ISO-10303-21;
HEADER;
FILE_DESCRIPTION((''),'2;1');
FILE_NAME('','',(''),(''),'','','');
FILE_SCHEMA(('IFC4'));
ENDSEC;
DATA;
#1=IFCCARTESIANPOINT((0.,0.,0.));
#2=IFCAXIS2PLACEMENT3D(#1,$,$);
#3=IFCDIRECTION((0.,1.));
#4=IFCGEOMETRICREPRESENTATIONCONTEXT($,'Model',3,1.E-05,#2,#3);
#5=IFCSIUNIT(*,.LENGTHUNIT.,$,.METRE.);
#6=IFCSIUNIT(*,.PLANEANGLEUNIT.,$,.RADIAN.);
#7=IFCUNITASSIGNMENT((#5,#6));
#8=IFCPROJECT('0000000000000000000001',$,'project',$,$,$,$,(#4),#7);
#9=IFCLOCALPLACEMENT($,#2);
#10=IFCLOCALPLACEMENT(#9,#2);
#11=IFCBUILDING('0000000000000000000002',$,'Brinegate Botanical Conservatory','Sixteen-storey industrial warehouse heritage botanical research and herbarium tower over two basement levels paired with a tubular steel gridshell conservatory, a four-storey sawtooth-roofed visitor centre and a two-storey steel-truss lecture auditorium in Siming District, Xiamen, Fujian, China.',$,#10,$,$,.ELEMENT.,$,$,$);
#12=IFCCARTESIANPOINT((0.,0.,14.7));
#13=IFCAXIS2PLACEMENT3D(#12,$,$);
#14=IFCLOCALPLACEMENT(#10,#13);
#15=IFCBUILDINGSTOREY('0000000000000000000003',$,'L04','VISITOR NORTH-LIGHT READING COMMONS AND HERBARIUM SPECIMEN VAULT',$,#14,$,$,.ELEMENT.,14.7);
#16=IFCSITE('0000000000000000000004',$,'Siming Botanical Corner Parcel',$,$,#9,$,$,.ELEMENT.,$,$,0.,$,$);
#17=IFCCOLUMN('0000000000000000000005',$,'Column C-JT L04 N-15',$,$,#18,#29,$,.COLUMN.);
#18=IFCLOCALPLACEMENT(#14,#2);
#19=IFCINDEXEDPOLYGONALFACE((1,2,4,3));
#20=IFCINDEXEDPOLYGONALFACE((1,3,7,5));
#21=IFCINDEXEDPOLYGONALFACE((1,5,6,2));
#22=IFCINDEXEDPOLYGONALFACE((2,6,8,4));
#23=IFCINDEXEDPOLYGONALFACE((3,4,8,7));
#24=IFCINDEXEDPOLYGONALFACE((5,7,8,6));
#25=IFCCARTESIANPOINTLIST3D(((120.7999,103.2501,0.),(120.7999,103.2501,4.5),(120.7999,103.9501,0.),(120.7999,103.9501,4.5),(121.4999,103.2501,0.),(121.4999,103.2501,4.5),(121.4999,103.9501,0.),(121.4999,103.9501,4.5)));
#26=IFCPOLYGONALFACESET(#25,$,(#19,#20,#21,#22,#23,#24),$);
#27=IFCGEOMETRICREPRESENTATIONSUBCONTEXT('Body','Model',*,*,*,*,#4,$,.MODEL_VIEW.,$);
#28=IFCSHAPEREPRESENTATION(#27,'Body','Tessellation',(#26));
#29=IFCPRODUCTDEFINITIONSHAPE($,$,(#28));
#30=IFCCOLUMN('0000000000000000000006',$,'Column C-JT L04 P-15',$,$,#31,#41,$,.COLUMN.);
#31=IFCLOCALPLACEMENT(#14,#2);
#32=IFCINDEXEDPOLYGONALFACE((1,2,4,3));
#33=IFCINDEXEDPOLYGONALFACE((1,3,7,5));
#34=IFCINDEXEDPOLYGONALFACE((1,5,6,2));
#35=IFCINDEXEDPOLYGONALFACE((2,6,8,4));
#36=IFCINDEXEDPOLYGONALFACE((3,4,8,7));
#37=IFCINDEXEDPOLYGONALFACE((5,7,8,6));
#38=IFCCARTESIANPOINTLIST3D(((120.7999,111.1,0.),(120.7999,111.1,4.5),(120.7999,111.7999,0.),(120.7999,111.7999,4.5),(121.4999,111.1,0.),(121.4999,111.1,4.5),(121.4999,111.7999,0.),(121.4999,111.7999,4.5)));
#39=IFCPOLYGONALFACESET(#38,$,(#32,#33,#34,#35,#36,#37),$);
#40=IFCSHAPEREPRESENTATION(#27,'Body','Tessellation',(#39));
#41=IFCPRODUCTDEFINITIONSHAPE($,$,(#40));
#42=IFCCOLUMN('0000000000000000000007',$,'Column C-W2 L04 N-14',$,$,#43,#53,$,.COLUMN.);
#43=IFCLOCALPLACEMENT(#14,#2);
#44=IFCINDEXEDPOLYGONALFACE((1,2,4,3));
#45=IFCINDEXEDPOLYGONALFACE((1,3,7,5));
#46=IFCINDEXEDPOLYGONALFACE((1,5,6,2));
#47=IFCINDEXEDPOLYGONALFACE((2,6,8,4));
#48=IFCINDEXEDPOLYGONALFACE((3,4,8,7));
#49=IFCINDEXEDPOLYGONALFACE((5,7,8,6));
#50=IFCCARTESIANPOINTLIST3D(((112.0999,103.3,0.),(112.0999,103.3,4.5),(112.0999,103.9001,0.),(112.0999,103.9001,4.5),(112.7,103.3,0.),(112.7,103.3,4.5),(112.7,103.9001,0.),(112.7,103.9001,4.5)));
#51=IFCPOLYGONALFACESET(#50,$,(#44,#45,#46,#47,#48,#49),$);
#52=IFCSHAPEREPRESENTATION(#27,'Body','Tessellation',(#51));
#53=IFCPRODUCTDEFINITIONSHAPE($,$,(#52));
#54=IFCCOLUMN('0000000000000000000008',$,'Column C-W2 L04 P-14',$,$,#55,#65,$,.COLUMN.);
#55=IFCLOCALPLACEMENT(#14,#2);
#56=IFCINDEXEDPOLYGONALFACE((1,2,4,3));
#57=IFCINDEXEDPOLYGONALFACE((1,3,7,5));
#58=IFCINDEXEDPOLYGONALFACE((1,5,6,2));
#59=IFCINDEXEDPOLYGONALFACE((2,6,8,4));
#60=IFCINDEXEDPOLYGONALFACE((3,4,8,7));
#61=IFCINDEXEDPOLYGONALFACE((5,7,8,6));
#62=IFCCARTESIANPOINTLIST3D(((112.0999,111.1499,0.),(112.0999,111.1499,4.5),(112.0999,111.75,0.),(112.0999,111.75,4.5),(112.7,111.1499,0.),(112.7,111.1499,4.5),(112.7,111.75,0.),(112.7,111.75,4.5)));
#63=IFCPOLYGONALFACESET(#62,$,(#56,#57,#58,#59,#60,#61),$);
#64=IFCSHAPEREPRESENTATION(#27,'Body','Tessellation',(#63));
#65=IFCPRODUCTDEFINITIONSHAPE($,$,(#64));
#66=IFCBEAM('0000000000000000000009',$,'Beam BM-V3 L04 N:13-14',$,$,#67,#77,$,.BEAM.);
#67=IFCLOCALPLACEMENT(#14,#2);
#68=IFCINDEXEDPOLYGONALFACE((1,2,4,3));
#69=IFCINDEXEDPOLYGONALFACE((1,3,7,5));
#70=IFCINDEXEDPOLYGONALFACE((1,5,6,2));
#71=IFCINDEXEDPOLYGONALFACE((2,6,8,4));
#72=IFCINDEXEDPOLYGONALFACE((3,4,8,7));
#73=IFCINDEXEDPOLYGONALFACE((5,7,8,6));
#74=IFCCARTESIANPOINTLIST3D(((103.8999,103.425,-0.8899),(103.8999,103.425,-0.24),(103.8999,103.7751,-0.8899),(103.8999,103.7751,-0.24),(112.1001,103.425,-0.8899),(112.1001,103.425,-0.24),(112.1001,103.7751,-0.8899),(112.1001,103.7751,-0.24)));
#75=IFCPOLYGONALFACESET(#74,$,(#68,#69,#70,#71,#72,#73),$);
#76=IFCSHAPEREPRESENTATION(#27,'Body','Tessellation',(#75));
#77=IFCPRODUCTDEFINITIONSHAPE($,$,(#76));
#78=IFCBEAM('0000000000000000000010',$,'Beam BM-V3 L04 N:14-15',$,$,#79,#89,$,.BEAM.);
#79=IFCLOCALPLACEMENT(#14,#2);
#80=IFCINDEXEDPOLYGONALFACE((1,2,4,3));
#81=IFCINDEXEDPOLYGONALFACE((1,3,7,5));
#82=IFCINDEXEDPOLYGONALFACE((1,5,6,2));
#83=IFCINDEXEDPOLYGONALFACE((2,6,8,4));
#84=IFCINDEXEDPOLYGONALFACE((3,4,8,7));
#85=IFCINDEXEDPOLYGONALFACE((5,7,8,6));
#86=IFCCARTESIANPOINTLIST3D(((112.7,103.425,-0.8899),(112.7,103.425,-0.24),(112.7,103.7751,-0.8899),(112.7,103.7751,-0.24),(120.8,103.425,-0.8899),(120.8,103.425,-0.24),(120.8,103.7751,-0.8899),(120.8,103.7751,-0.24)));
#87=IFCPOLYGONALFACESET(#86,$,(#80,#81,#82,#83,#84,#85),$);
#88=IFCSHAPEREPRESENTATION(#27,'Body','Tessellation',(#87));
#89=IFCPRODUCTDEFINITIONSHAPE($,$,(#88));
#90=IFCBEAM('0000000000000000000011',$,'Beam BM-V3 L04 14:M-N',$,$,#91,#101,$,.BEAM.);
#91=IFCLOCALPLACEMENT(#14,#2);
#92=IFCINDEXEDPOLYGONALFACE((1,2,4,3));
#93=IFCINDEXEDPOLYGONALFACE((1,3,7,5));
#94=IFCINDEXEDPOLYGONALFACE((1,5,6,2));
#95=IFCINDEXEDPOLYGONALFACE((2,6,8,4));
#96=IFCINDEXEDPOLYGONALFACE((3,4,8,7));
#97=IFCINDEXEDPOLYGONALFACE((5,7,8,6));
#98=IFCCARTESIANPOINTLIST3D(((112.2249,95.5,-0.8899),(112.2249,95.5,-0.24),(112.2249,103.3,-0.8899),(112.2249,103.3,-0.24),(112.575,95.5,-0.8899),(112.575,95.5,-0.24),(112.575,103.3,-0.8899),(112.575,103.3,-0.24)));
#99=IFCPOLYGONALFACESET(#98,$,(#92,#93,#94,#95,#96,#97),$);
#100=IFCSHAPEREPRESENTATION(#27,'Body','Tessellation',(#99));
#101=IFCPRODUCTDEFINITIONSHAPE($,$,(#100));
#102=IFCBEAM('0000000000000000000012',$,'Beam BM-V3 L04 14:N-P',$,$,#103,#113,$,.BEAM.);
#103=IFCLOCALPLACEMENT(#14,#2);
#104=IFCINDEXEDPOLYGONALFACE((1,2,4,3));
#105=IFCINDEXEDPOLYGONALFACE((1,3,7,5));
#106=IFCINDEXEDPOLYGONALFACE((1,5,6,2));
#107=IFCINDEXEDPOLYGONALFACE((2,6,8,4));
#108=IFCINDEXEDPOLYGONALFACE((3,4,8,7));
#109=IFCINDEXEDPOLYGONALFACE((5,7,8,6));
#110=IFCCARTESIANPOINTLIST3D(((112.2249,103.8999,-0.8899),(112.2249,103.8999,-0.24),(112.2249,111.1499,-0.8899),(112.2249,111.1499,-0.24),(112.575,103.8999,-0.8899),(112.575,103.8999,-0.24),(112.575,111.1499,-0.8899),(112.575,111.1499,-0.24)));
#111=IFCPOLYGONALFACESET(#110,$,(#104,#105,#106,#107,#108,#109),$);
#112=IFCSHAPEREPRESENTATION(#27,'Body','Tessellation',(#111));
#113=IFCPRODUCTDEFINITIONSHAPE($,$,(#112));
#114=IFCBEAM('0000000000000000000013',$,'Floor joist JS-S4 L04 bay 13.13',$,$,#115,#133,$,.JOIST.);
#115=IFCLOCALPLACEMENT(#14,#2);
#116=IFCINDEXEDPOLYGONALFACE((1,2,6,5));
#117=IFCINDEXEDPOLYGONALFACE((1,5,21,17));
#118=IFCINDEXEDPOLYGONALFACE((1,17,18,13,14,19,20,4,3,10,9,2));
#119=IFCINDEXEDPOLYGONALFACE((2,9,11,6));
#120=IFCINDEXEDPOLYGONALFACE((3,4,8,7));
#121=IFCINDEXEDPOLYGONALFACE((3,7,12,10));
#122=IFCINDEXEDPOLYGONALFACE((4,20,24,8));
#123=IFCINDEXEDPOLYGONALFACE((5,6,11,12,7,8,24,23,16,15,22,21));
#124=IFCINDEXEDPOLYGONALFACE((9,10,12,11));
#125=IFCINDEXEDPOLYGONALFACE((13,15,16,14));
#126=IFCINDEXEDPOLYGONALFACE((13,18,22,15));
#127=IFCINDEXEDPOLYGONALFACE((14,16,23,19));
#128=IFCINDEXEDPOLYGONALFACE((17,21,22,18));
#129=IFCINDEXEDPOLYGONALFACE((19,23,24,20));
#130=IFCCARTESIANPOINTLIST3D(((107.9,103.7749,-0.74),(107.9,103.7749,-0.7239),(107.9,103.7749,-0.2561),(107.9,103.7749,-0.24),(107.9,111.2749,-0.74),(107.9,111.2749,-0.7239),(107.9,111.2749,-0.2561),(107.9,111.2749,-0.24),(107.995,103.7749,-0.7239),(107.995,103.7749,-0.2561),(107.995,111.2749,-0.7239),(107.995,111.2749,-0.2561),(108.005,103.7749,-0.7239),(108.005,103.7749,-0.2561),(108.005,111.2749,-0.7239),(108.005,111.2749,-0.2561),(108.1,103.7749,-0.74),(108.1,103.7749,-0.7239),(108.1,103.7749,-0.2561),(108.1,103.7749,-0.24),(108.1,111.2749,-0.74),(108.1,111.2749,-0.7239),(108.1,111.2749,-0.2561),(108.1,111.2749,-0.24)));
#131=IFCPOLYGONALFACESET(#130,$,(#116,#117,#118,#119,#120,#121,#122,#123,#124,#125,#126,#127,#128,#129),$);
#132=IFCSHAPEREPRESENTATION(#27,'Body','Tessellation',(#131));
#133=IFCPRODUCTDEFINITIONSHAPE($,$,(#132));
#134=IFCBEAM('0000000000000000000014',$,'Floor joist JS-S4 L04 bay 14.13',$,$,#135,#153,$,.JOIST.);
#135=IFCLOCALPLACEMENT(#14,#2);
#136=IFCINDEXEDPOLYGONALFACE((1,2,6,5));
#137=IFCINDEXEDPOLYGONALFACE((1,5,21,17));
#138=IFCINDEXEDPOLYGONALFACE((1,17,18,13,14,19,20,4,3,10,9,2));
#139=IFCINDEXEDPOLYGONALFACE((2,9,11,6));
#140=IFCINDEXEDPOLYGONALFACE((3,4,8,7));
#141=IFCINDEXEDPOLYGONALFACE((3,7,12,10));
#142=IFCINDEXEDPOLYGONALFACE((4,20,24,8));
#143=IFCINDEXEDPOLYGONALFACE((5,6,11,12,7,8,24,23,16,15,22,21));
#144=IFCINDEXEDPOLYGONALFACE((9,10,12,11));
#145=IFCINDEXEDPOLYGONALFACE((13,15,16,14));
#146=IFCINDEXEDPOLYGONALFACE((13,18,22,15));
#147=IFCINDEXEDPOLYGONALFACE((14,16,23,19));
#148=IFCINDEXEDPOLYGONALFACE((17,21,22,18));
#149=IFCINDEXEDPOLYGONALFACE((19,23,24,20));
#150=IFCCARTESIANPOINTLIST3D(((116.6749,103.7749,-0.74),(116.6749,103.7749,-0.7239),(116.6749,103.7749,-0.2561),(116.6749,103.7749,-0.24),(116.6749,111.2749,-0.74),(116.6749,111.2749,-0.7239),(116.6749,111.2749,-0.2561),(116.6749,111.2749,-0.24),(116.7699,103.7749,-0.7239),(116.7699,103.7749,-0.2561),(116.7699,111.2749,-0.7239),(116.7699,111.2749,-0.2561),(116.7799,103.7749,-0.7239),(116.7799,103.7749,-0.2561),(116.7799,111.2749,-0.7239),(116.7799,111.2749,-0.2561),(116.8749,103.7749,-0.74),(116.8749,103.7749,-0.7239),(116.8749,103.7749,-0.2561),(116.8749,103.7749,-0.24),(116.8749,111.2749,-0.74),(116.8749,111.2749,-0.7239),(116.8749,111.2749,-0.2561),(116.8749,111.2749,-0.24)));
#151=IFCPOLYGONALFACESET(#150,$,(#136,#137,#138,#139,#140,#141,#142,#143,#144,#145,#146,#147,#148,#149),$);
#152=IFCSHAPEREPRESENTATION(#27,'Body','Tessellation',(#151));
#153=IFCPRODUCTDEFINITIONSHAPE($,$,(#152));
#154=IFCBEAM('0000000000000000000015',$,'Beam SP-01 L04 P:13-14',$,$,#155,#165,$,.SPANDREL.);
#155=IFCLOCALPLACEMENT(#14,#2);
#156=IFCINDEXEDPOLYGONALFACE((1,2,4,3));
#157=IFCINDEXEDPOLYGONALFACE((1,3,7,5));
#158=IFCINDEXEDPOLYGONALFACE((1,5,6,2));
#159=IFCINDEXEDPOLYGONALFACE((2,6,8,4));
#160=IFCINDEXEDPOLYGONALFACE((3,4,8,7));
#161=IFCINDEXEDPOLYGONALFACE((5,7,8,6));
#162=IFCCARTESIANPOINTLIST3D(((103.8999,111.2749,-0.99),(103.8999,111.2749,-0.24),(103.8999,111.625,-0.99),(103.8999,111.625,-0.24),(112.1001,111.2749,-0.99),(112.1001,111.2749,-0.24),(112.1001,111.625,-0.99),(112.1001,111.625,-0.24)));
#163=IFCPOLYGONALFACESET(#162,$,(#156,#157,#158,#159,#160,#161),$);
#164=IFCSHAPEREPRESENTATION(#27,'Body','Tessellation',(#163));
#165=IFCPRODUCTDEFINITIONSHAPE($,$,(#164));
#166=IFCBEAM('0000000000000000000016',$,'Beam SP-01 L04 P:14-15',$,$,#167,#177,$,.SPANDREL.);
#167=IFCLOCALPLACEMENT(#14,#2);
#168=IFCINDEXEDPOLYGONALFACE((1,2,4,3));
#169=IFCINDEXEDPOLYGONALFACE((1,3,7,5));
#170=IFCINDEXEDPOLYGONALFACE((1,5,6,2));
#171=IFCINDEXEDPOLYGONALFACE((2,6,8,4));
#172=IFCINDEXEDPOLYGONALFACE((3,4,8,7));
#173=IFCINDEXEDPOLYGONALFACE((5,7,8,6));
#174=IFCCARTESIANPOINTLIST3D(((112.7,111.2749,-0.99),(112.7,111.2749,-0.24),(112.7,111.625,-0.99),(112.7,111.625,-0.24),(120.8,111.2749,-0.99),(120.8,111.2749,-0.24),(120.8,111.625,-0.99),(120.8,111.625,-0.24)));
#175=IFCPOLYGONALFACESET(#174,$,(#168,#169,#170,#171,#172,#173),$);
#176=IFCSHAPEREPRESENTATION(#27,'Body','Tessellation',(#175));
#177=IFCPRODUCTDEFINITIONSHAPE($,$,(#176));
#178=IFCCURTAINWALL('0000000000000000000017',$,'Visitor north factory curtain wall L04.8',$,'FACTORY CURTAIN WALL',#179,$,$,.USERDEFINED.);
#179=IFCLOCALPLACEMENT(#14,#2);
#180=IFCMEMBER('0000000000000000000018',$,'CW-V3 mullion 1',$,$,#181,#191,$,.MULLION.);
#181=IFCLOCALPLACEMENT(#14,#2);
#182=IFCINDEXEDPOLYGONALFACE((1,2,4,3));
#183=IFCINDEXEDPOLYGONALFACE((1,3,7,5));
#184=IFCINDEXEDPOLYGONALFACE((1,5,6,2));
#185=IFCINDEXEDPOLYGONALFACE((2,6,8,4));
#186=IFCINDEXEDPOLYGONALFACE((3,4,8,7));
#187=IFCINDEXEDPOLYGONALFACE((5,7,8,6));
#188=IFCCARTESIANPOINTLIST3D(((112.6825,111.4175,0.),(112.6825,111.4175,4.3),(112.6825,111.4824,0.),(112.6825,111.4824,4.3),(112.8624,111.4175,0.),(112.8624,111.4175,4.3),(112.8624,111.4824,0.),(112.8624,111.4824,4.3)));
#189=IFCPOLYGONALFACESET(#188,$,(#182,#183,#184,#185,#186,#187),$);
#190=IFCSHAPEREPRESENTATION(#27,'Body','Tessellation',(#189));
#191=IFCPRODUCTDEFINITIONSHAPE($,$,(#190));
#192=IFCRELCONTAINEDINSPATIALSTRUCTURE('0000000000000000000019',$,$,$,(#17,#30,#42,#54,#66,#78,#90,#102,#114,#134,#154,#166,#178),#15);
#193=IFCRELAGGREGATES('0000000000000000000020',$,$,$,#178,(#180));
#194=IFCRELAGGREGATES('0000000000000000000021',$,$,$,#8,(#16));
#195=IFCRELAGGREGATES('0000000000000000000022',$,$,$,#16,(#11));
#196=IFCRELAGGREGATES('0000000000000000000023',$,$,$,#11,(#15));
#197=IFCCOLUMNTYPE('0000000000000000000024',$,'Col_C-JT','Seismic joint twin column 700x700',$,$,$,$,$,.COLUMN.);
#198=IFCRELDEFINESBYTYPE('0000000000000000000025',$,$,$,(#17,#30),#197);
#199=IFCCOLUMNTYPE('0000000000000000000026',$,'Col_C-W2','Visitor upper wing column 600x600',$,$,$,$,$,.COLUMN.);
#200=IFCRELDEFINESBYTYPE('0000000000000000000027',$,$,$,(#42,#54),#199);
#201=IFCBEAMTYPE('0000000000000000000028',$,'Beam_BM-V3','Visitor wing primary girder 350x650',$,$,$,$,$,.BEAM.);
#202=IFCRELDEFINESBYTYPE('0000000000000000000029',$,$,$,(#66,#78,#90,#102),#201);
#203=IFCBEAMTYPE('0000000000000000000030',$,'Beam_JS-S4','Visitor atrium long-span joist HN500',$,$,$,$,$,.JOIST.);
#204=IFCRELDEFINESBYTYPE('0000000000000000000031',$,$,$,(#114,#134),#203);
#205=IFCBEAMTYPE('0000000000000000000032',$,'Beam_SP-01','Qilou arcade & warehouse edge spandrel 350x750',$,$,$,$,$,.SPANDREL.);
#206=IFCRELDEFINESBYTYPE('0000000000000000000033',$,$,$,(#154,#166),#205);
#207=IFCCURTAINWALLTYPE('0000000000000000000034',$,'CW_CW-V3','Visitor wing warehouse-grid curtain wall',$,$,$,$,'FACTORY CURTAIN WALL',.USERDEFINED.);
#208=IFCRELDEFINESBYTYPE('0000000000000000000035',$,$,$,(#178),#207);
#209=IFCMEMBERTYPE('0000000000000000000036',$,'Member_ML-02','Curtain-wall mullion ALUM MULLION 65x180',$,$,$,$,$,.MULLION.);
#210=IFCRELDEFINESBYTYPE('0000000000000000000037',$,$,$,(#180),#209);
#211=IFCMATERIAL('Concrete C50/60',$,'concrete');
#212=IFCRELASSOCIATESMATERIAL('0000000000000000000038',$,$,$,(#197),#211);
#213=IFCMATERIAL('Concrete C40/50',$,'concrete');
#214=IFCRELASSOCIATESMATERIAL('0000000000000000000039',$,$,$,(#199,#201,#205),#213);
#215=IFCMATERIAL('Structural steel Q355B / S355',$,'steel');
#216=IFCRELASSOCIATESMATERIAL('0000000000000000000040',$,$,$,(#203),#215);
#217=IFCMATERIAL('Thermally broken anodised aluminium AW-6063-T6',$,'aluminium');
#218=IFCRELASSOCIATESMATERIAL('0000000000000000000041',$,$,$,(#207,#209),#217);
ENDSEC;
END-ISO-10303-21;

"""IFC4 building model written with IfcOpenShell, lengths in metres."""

from ifc_helpers import new_model, si_unit, direction, frame, origin, origin_2d, place, context, subcontext, project, spatial, rectangle, i_section, extrude, material, material_profile, profile_set, type_object, element, aggregate, save


model = new_model("IFC4")

# Units and contexts
model_context = context("Model", 3, precision=1e-05, world=origin(), true_north=direction((0.0, 1.0)))
body_context = subcontext(model_context, "Body", "Model", "MODEL_VIEW")
ifc_project = project(units=[si_unit("LENGTHUNIT", "METRE"), si_unit("PLANEANGLEUNIT", "RADIAN")], contexts=[model_context])

# Site, building, storey
site_placement = place(None, origin())
site = spatial("IfcSite", under=ifc_project, at=site_placement, Name="Siming Botanical Corner Parcel", CompositionType="ELEMENT", RefElevation=0.0)
building_placement = place(site_placement, origin())
building = spatial("IfcBuilding", under=site, at=building_placement, Name="Brinegate Botanical Conservatory", Description="Sixteen-storey industrial warehouse heritage botanical research and herbarium tower over two basement levels paired with a tubular steel gridshell conservatory, a four-storey sawtooth-roofed visitor centre and a two-storey steel-truss lecture auditorium in Siming District, Xiamen, Fujian, China.", CompositionType="ELEMENT")
storey_placement = place(building_placement, frame((0.0, 0.0, 14.7)))
storey = spatial("IfcBuildingStorey", under=building, at=storey_placement, Name="L04", Description="VISITOR NORTH-LIGHT READING COMMONS AND HERBARIUM SPECIMEN VAULT", CompositionType="ELEMENT", Elevation=14.7)

# Columns
ifc_material_1 = material(Name="Concrete C50/60", Category="concrete")
ifc_material_profile_1 = material_profile(ifc_material_1, rectangle(XDim=0.7, YDim=0.7, at=origin_2d()), Name="RC COL 700x700")
ifc_profile_set_1 = profile_set([ifc_material_profile_1], Name="Concrete C50/60")
column_type_1 = type_object("IfcColumnType", Name="Col_C-JT", Description="Seismic joint twin column 700x700", PredefinedType="COLUMN", material=ifc_profile_set_1)
for number, where, z_axis, x_axis, name in (
    (1, (121.1499, 103.6001, 0.0), (0.0, 0.0, 1.0), (1.0, 0.0, 0.0), "Column C-JT L04 N-15"),
    (2, (121.1499, 111.45, 0.0), (0.0, 0.0, 1.0), (1.0, 0.0, 0.0), "Column C-JT L04 P-15"),
):
    element("IfcColumn", number, at=place(storey_placement, frame(where, z_axis=z_axis, x_axis=x_axis)), inside=storey, type_object=column_type_1, Name=name, PredefinedType="COLUMN", context=body_context, shape_type="SweptSolid", body=[
        extrude(rectangle(XDim=0.7, YDim=0.7, at=origin_2d()), origin(), (0.0, 0.0, 1.0), 4.5),
    ])
ifc_material_2 = material(Name="Concrete C40/50", Category="concrete")
ifc_material_profile_2 = material_profile(ifc_material_2, rectangle(XDim=0.6001, YDim=0.6001, at=origin_2d()), Name="RC COL 600x600")
ifc_profile_set_2 = profile_set([ifc_material_profile_2], Name="Concrete C40/50")
column_type_2 = type_object("IfcColumnType", Name="Col_C-W2", Description="Visitor upper wing column 600x600", PredefinedType="COLUMN", material=ifc_profile_set_2)
for number, where, z_axis, x_axis, name in (
    (3, (112.3999, 103.6001, 0.0), (0.0, 0.0, 1.0), (1.0, 0.0, 0.0), "Column C-W2 L04 N-14"),
    (4, (112.3999, 111.45, 0.0), (0.0, 0.0, 1.0), (1.0, 0.0, 0.0), "Column C-W2 L04 P-14"),
):
    element("IfcColumn", number, at=place(storey_placement, frame(where, z_axis=z_axis, x_axis=x_axis)), inside=storey, type_object=column_type_2, Name=name, PredefinedType="COLUMN", context=body_context, shape_type="SweptSolid", body=[
        extrude(rectangle(XDim=0.6001, YDim=0.6001, at=origin_2d()), origin(), (0.0, 0.0, 1.0), 4.5),
    ])

# Beams
ifc_material_profile_3 = material_profile(ifc_material_2, rectangle(XDim=0.3501, YDim=0.6499, at=origin_2d()), Name="RC BM 350x650")
ifc_profile_set_3 = profile_set([ifc_material_profile_3], Name="Concrete C40/50")
beam_type_1 = type_object("IfcBeamType", Name="Beam_BM-V3", Description="Visitor wing primary girder 350x650", PredefinedType="BEAM", material=ifc_profile_set_3)
beam_1_placement = place(storey_placement, frame((103.8999, 103.6001, -0.5649), z_axis=(1.0, 0.0, 0.0), x_axis=(0.0, 1.0, 0.0)))
element("IfcBeam", 5, at=beam_1_placement, inside=storey, type_object=beam_type_1, Name="Beam BM-V3 L04 N:13-14", PredefinedType="BEAM", context=body_context, shape_type="SweptSolid", body=[
    extrude(rectangle(XDim=0.3501, YDim=0.6499, at=origin_2d()), origin(), (0.0, 0.0, 1.0), 8.2002),
])
beam_2_placement = place(storey_placement, frame((112.7, 103.6001, -0.5649), z_axis=(1.0, 0.0, 0.0), x_axis=(0.0, 1.0, 0.0)))
element("IfcBeam", 6, at=beam_2_placement, inside=storey, type_object=beam_type_1, Name="Beam BM-V3 L04 N:14-15", PredefinedType="BEAM", context=body_context, shape_type="SweptSolid", body=[
    extrude(rectangle(XDim=0.3501, YDim=0.6499, at=origin_2d()), origin(), (0.0, 0.0, 1.0), 8.1001),
])
beam_3_placement = place(storey_placement, frame((112.3999, 95.5, -0.5649), z_axis=(0.0, 1.0, 0.0), x_axis=(-1.0, 0.0, 0.0)))
element("IfcBeam", 7, at=beam_3_placement, inside=storey, type_object=beam_type_1, Name="Beam BM-V3 L04 14:M-N", PredefinedType="BEAM", context=body_context, shape_type="SweptSolid", body=[
    extrude(rectangle(XDim=0.3501, YDim=0.6499, at=origin_2d()), origin(), (0.0, 0.0, 1.0), 7.8),
])
beam_4_placement = place(storey_placement, frame((112.3999, 103.8999, -0.5649), z_axis=(0.0, 1.0, 0.0), x_axis=(-1.0, 0.0, 0.0)))
element("IfcBeam", 8, at=beam_4_placement, inside=storey, type_object=beam_type_1, Name="Beam BM-V3 L04 14:N-P", PredefinedType="BEAM", context=body_context, shape_type="SweptSolid", body=[
    extrude(rectangle(XDim=0.3501, YDim=0.6499, at=origin_2d()), origin(), (0.0, 0.0, 1.0), 7.25),
])
ifc_material_3 = material(Name="Structural steel Q355B / S355", Category="steel")
ifc_material_profile_4 = material_profile(ifc_material_3, i_section(OverallWidth=0.2, OverallDepth=0.5, WebThickness=0.01, FlangeThickness=0.0161, at=origin_2d()), Name="HN 500x200x10x16")
ifc_profile_set_4 = profile_set([ifc_material_profile_4], Name="Structural steel Q355B / S355")
beam_type_2 = type_object("IfcBeamType", Name="Beam_JS-S4", Description="Visitor atrium long-span joist HN500", PredefinedType="JOIST", material=ifc_profile_set_4)
for number, where, z_axis, x_axis, name in (
    (9, (108.0, 103.7749, -0.49), (0.0, 1.0, 0.0), (-1.0, 0.0, 0.0), "Floor joist JS-S4 L04 bay 13.13"),
    (10, (116.7749, 103.7749, -0.49), (0.0, 1.0, 0.0), (-1.0, 0.0, 0.0), "Floor joist JS-S4 L04 bay 14.13"),
):
    element("IfcBeam", number, at=place(storey_placement, frame(where, z_axis=z_axis, x_axis=x_axis)), inside=storey, type_object=beam_type_2, Name=name, PredefinedType="JOIST", context=body_context, shape_type="SweptSolid", body=[
        extrude(i_section(OverallWidth=0.2, OverallDepth=0.5, WebThickness=0.01, FlangeThickness=0.0161, at=origin_2d()), origin(), (0.0, 0.0, 1.0), 7.5),
    ])
ifc_material_profile_5 = material_profile(ifc_material_2, rectangle(XDim=0.3501, YDim=0.75, at=origin_2d()), Name="RC SPN 350x750")
ifc_profile_set_5 = profile_set([ifc_material_profile_5], Name="Concrete C40/50")
beam_type_3 = type_object("IfcBeamType", Name="Beam_SP-01", Description="Qilou arcade & warehouse edge spandrel 350x750", PredefinedType="SPANDREL", material=ifc_profile_set_5)
beam_5_placement = place(storey_placement, frame((103.8999, 111.45, -0.615), z_axis=(1.0, 0.0, 0.0), x_axis=(0.0, 1.0, 0.0)))
element("IfcBeam", 11, at=beam_5_placement, inside=storey, type_object=beam_type_3, Name="Beam SP-01 L04 P:13-14", PredefinedType="SPANDREL", context=body_context, shape_type="SweptSolid", body=[
    extrude(rectangle(XDim=0.3501, YDim=0.75, at=origin_2d()), origin(), (0.0, 0.0, 1.0), 8.2002),
])
beam_6_placement = place(storey_placement, frame((112.7, 111.45, -0.615), z_axis=(1.0, 0.0, 0.0), x_axis=(0.0, 1.0, 0.0)))
element("IfcBeam", 12, at=beam_6_placement, inside=storey, type_object=beam_type_3, Name="Beam SP-01 L04 P:14-15", PredefinedType="SPANDREL", context=body_context, shape_type="SweptSolid", body=[
    extrude(rectangle(XDim=0.3501, YDim=0.75, at=origin_2d()), origin(), (0.0, 0.0, 1.0), 8.1001),
])

# Curtain wall, member
ifc_material_4 = material(Name="Thermally broken anodised aluminium AW-6063-T6", Category="aluminium")
curtain_wall_type = type_object("IfcCurtainWallType", Name="CW_CW-V3", Description="Visitor wing warehouse-grid curtain wall", ElementType="FACTORY CURTAIN WALL", PredefinedType="USERDEFINED", material=ifc_material_4)
curtain_wall_placement = place(storey_placement, origin())
curtain_wall = element("IfcCurtainWall", 13, at=curtain_wall_placement, inside=storey, type_object=curtain_wall_type, Name="Visitor north factory curtain wall L04.8", ObjectType="FACTORY CURTAIN WALL", PredefinedType="USERDEFINED")
ifc_material_profile_6 = material_profile(ifc_material_4, rectangle(XDim=0.0649, YDim=0.1799, at=origin_2d()), Name="ALUM MULLION 65x180")
ifc_profile_set_6 = profile_set([ifc_material_profile_6], Name="Thermally broken anodised aluminium AW-6063-T6")
member_type_1 = type_object("IfcMemberType", Name="Member_ML-02", Description="Curtain-wall mullion ALUM MULLION 65x180", PredefinedType="MULLION", material=ifc_profile_set_6)
member_1_placement = place(storey_placement, frame((112.7725, 111.45, 0.0), z_axis=(0.0, 0.0, 1.0), x_axis=(0.0, 1.0, 0.0)))
member_1 = element("IfcMember", 14, at=member_1_placement, type_object=member_type_1, Name="CW-V3 mullion 1", PredefinedType="MULLION", context=body_context, shape_type="SweptSolid", body=[
    extrude(rectangle(XDim=0.0649, YDim=0.1799, at=origin_2d()), origin(), (0.0, 0.0, 1.0), 4.3),
])
aggregate(curtain_wall, [member_1])

save(model, "model.ifc")
